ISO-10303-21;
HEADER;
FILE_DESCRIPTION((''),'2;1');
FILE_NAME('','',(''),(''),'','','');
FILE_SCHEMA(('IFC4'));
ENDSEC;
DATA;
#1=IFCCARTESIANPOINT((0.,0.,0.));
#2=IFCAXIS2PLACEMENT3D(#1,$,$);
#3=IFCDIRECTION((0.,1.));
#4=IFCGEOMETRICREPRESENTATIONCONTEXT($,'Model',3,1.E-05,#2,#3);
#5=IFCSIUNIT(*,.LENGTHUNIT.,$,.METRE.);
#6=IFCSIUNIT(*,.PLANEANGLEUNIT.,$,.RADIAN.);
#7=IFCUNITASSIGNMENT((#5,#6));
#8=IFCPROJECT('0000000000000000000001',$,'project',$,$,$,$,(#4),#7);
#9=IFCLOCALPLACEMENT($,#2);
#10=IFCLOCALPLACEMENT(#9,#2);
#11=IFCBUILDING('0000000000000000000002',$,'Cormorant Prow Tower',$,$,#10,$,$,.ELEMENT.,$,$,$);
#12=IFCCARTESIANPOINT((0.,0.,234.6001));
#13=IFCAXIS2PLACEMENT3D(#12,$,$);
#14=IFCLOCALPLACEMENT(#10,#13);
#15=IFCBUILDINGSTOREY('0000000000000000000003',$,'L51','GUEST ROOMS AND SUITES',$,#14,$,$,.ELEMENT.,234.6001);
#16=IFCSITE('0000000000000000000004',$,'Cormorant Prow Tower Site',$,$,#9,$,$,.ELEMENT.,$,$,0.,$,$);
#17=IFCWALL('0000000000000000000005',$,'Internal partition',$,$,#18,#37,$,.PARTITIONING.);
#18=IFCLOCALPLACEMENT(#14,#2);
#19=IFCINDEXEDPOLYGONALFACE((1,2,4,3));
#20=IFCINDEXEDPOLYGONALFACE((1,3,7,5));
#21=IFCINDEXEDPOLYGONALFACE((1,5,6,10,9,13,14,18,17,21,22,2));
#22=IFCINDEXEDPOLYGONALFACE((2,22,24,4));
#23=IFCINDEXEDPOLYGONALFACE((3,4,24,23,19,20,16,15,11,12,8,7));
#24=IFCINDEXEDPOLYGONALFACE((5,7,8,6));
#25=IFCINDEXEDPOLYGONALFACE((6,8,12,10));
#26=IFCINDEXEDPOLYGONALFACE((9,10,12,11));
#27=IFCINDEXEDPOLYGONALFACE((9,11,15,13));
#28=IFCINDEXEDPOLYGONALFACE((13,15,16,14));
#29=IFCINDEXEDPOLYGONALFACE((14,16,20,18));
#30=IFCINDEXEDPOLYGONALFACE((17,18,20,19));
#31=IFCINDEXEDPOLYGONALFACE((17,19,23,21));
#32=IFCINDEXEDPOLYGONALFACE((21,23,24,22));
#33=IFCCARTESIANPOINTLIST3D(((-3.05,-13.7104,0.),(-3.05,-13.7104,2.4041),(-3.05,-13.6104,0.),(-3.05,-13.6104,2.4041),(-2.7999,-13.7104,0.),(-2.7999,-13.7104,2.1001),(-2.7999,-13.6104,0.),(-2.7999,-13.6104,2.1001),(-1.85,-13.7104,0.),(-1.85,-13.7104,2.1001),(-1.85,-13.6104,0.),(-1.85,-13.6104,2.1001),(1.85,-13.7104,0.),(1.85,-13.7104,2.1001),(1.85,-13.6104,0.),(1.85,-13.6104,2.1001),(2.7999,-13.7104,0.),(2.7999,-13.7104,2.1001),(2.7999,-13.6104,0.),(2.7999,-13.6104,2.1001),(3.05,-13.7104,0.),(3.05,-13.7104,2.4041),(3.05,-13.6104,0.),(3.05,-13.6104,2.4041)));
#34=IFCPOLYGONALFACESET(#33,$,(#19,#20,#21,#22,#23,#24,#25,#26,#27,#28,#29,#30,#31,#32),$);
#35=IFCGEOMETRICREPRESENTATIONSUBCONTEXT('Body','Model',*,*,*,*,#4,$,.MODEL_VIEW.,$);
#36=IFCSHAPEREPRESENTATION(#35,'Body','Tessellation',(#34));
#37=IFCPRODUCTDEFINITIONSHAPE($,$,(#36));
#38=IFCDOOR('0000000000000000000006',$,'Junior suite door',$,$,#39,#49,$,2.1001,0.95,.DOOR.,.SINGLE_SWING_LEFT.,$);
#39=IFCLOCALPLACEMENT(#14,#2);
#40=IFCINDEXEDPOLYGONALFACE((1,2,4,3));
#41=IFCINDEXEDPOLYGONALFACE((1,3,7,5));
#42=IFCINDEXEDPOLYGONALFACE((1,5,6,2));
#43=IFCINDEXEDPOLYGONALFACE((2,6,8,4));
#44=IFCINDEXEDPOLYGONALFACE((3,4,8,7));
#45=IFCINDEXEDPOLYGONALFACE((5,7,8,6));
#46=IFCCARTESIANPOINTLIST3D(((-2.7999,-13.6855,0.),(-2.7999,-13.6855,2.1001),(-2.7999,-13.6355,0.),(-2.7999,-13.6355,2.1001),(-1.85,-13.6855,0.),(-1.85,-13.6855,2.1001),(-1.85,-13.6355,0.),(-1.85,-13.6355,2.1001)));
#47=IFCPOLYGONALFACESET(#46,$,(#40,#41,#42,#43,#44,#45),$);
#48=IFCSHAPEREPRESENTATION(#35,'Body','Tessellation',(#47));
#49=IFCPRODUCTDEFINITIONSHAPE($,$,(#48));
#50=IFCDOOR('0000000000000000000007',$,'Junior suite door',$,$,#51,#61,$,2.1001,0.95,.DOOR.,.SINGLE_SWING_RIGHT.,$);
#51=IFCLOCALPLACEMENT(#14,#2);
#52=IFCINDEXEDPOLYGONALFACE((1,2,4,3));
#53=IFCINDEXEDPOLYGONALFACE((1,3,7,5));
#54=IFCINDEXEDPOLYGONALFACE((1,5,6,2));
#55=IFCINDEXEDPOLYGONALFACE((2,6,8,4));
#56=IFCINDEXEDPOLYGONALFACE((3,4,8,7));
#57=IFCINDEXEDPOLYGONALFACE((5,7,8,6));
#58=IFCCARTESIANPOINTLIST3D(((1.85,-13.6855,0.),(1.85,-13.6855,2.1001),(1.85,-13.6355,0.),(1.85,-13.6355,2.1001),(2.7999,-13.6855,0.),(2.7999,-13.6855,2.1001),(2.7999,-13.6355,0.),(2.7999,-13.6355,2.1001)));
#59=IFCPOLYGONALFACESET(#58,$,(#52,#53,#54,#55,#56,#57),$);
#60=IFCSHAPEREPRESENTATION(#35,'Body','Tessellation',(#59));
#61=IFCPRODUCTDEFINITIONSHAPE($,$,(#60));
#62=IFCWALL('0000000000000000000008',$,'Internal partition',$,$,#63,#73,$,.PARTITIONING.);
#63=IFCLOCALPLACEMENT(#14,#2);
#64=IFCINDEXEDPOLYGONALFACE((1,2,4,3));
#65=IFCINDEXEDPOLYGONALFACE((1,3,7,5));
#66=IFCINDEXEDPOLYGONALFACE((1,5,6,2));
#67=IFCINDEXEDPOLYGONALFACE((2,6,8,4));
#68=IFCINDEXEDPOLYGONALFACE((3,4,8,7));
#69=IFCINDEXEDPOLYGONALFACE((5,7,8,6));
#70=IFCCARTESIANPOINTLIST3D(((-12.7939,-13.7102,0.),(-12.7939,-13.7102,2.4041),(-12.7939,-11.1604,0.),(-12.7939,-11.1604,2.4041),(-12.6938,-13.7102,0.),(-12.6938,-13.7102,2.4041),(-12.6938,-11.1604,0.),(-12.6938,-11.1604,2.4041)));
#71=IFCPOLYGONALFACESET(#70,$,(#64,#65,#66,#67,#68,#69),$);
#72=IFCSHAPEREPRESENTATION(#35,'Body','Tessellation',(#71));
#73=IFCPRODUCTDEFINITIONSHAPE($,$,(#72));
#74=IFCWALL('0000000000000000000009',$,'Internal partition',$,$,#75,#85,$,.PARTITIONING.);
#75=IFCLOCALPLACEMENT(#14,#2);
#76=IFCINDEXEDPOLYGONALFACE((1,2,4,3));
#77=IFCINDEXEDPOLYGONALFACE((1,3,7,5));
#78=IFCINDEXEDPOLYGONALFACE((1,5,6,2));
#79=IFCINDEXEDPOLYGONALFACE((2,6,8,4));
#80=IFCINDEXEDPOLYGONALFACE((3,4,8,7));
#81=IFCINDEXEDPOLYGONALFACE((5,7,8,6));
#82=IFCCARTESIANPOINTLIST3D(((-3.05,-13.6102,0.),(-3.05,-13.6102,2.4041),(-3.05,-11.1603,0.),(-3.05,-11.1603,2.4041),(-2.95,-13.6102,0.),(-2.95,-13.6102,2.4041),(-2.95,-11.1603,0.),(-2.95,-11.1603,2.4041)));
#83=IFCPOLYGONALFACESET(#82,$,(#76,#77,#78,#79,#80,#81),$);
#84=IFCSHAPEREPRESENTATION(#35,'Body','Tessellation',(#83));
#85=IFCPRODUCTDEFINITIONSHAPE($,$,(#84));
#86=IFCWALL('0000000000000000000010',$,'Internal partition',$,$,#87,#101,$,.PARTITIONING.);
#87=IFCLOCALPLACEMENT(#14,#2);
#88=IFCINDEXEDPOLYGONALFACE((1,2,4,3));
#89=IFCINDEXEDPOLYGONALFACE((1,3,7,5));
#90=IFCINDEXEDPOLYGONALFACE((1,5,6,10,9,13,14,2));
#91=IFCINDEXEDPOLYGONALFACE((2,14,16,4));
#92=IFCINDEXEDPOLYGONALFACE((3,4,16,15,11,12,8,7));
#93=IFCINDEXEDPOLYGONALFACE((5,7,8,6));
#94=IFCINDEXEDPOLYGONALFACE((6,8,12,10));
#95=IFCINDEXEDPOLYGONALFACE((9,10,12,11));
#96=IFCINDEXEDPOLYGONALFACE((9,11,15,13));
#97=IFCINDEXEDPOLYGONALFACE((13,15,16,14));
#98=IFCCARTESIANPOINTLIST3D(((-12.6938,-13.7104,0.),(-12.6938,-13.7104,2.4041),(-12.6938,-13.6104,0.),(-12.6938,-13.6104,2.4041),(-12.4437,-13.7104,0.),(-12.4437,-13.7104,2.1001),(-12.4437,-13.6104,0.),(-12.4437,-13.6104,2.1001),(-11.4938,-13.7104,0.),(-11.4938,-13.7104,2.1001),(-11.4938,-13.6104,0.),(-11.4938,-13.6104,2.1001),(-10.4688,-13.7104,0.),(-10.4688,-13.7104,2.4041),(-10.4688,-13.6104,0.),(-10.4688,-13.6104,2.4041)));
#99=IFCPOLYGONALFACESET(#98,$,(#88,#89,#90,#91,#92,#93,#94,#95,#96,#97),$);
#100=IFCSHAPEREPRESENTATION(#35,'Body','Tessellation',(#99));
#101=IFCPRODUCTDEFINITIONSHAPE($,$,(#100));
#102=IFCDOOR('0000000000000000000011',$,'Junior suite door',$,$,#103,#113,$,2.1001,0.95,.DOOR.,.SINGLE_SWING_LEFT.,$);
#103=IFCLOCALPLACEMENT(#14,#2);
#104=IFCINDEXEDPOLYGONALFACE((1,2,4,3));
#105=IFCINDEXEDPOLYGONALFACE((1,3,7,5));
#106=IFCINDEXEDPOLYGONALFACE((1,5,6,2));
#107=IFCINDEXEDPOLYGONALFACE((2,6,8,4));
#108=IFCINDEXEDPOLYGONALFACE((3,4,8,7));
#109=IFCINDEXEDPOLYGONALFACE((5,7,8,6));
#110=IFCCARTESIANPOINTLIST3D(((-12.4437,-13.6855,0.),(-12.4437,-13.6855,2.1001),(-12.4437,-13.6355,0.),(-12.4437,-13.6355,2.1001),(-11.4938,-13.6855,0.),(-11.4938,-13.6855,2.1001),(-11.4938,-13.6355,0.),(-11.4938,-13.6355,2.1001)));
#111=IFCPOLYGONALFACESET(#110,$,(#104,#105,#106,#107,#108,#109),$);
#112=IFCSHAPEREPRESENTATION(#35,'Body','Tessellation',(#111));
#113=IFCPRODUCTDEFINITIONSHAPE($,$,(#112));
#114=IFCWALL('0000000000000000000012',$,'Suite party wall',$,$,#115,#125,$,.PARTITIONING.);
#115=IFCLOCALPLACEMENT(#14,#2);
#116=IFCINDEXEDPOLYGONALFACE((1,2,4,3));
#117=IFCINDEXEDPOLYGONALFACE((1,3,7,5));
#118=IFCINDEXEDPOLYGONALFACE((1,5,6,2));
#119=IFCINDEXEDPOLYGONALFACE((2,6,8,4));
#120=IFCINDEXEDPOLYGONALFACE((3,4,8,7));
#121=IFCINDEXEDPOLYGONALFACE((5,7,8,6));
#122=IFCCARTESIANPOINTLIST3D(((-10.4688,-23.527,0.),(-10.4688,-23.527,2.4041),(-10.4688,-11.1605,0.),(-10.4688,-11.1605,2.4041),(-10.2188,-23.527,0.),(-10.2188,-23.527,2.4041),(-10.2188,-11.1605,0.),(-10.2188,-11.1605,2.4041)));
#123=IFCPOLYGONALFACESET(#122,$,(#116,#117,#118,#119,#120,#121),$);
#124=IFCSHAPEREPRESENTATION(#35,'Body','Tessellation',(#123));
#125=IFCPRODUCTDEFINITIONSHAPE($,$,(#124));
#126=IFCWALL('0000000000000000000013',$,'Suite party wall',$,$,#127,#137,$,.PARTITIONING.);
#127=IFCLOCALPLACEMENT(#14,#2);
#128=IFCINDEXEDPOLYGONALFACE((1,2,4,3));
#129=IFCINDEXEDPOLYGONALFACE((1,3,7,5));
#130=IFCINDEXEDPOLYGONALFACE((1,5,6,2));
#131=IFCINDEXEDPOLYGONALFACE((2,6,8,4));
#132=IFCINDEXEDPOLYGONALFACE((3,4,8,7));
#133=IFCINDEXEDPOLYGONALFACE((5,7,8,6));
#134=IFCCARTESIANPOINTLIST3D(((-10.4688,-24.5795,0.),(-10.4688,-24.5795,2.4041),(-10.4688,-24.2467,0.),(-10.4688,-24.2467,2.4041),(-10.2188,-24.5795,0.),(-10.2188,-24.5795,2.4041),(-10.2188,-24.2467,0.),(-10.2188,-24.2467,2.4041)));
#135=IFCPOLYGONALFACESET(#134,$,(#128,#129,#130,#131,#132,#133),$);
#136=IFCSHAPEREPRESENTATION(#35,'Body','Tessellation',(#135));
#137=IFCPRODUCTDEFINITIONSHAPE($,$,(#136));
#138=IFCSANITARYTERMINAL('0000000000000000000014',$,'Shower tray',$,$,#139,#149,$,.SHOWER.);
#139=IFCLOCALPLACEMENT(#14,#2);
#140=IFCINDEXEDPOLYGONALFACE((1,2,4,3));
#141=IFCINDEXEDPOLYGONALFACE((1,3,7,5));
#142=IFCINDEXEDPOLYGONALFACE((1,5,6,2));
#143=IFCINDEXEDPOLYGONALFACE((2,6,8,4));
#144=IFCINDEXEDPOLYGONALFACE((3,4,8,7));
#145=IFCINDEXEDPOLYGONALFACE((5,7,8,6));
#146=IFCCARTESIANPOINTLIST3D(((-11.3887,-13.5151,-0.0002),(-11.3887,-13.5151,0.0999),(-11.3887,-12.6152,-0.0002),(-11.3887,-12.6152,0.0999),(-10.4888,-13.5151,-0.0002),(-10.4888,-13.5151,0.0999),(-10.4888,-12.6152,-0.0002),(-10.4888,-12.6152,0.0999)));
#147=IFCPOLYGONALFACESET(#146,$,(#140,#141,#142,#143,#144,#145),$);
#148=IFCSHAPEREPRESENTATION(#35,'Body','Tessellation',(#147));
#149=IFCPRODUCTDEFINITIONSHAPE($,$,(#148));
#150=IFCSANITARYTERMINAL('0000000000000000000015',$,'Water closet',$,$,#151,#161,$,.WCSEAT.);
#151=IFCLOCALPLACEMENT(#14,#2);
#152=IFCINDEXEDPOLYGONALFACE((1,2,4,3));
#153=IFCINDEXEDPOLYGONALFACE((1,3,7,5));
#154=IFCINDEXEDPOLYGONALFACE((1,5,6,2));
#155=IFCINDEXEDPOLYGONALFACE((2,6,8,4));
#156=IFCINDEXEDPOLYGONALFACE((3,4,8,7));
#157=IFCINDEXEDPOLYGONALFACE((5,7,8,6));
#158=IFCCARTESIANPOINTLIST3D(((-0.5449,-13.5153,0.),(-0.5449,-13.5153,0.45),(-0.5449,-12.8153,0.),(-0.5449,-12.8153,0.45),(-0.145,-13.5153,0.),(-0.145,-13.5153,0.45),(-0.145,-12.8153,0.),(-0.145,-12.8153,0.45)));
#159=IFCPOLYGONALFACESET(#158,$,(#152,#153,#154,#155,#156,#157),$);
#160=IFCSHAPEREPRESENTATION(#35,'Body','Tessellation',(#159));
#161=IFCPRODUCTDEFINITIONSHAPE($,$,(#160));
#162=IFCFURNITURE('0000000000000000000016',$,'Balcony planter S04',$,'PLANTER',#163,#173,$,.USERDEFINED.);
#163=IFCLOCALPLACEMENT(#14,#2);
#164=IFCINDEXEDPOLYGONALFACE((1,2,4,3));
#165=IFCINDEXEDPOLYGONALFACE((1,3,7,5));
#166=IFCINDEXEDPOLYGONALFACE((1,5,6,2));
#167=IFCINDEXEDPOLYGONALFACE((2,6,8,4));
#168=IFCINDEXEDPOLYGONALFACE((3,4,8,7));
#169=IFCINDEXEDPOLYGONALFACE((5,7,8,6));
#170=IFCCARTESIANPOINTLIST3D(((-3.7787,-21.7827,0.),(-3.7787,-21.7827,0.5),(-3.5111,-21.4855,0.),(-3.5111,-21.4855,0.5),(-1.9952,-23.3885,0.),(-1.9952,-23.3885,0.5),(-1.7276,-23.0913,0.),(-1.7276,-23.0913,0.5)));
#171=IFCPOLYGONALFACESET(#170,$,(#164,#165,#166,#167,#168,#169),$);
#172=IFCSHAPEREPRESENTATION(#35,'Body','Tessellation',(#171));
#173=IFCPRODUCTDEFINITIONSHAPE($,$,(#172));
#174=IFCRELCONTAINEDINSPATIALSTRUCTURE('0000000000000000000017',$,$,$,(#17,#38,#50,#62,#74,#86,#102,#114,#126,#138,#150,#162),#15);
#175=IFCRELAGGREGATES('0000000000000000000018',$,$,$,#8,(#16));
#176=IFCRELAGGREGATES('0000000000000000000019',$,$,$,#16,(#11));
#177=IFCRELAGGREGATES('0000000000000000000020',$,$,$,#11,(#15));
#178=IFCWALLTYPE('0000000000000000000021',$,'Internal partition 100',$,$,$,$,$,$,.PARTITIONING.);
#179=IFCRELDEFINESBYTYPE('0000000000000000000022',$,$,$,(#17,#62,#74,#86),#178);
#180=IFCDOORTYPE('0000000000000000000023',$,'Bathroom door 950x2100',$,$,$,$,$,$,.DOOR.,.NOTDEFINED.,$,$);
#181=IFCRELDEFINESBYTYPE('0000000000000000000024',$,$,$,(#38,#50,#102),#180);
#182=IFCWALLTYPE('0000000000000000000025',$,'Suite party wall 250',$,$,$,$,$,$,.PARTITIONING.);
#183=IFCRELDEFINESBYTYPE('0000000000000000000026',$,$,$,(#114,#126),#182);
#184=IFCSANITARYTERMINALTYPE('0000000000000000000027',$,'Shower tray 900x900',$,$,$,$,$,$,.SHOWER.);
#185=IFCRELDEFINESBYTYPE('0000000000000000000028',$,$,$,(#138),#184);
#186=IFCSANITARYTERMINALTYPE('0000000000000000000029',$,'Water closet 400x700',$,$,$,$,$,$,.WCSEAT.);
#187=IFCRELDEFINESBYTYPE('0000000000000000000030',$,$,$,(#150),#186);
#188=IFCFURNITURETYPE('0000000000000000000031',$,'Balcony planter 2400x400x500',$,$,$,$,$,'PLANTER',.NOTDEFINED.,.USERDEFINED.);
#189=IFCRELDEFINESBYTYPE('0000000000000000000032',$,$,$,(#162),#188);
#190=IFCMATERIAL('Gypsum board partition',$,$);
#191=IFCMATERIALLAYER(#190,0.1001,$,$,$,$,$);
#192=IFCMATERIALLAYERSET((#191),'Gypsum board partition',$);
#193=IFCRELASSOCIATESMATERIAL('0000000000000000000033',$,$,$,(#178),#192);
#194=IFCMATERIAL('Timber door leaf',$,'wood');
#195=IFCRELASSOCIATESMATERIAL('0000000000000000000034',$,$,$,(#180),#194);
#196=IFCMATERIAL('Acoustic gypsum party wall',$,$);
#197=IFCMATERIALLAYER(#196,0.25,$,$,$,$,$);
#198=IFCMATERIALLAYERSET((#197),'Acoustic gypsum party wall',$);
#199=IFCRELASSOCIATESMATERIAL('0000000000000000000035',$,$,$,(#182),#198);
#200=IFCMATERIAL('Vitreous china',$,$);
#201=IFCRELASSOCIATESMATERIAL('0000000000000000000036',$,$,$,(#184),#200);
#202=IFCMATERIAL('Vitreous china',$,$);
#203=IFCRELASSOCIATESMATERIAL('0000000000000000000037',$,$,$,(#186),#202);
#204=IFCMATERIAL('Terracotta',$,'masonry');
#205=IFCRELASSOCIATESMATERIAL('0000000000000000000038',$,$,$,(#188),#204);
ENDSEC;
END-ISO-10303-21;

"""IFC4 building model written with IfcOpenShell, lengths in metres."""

from ifc_helpers import new_model, si_unit, direction, frame, frame_2d, origin, origin_2d, place, context, subcontext, project, spatial, rectangle, extrude, material, layer, layer_set, type_object, element, fill, save


model = new_model("IFC4")

# Units and contexts
model_context = context("Model", 3, precision=1e-05, world=origin(), true_north=direction((0.0, 1.0)))
body_context = subcontext(model_context, "Body", "Model", "MODEL_VIEW")
ifc_project = project(units=[si_unit("LENGTHUNIT", "METRE"), si_unit("PLANEANGLEUNIT", "RADIAN")], contexts=[model_context])

# Site, building, storey
site_placement = place(None, origin())
site = spatial("IfcSite", under=ifc_project, at=site_placement, Name="Cormorant Prow Tower Site", CompositionType="ELEMENT", RefElevation=0.0)
building_placement = place(site_placement, origin())
building = spatial("IfcBuilding", under=site, at=building_placement, Name="Cormorant Prow Tower", CompositionType="ELEMENT")
storey_placement = place(building_placement, frame((0.0, 0.0, 234.6001)))
storey = spatial("IfcBuildingStorey", under=building, at=storey_placement, Name="L51", Description="GUEST ROOMS AND SUITES", CompositionType="ELEMENT", Elevation=234.6001)

# Wall, openings, doors
ifc_material_1 = material(Name="Gypsum board partition")
ifc_layer_1 = layer(ifc_material_1, 0.1001)
ifc_layer_set_1 = layer_set([ifc_layer_1], Name="Gypsum board partition")
wall_type_1 = type_object("IfcWallType", Name="Internal partition 100", PredefinedType="PARTITIONING", material=ifc_layer_set_1)
wall_1_placement = place(storey_placement, frame((-3.05, -13.6604, 0.0), z_axis=(0.0, 0.0, 1.0), x_axis=(1.0, 0.0, 0.0)))
wall_1 = element("IfcWall", 1, at=wall_1_placement, inside=storey, type_object=wall_type_1, Name="Internal partition", PredefinedType="PARTITIONING", context=body_context, shape_type="SweptSolid", body=[
    extrude(rectangle(XDim=6.1001, YDim=0.1001, at=frame_2d((3.05, 0.0))), origin(), (0.0, 0.0, 1.0), 2.4041),
])
opening_1_placement = place(wall_1_placement, frame((0.25, 0.0, 0.0)))
opening_1 = element("IfcOpeningElement", 2, at=opening_1_placement, cuts=wall_1, PredefinedType="OPENING", context=body_context, shape_type="SweptSolid", body=[
    extrude(rectangle(XDim=0.95, YDim=2.1001, at=frame_2d((0.4751, 1.05))), frame((0.0, 0.0601, 0.0), z_axis=(0.0, -1.0, 0.0), x_axis=(1.0, 0.0, 0.0)), (0.0, 0.0, 1.0), 0.1201),
])
opening_2_placement = place(wall_1_placement, frame((4.8999, 0.0, 0.0)))
opening_2 = element("IfcOpeningElement", 3, at=opening_2_placement, cuts=wall_1, PredefinedType="OPENING", context=body_context, shape_type="SweptSolid", body=[
    extrude(rectangle(XDim=0.95, YDim=2.1001, at=frame_2d((0.4751, 1.05))), frame((0.0, 0.0601, 0.0), z_axis=(0.0, -1.0, 0.0), x_axis=(1.0, 0.0, 0.0)), (0.0, 0.0, 1.0), 0.1201),
])
ifc_material_2 = material(Name="Timber door leaf", Category="wood")
door_type_1 = type_object("IfcDoorType", Name="Bathroom door 950x2100", OperationType="NOTDEFINED", PredefinedType="DOOR", material=ifc_material_2)
door_1_placement = place(opening_1_placement, origin())
door_1 = element("IfcDoor", 4, at=door_1_placement, inside=storey, type_object=door_type_1, Name="Junior suite door", OperationType="SINGLE_SWING_LEFT", OverallHeight=2.1001, OverallWidth=0.95, PredefinedType="DOOR", context=body_context, shape_type="SweptSolid", body=[
    extrude(rectangle(XDim=0.95, YDim=2.1001, at=frame_2d((0.4751, 1.05))), frame((0.0, 0.0249, 0.0), z_axis=(0.0, -1.0, 0.0), x_axis=(1.0, 0.0, 0.0)), (0.0, 0.0, 1.0), 0.05),
])
fill(opening_1, door_1)
door_2_placement = place(opening_2_placement, origin())
door_2 = element("IfcDoor", 5, at=door_2_placement, inside=storey, type_object=door_type_1, Name="Junior suite door", OperationType="SINGLE_SWING_RIGHT", OverallHeight=2.1001, OverallWidth=0.95, PredefinedType="DOOR", context=body_context, shape_type="SweptSolid", body=[
    extrude(rectangle(XDim=0.95, YDim=2.1001, at=frame_2d((0.4751, 1.05))), frame((0.0, 0.0249, 0.0), z_axis=(0.0, -1.0, 0.0), x_axis=(1.0, 0.0, 0.0)), (0.0, 0.0, 1.0), 0.05),
])
fill(opening_2, door_2)

# Walls
wall_2_placement = place(storey_placement, frame((-12.7439, -13.7102, 0.0), z_axis=(0.0, 0.0, 1.0), x_axis=(0.0, 1.0, 0.0)))
element("IfcWall", 6, at=wall_2_placement, inside=storey, type_object=wall_type_1, Name="Internal partition", PredefinedType="PARTITIONING", context=body_context, shape_type="SweptSolid", body=[
    extrude(rectangle(XDim=2.5498, YDim=0.1001, at=frame_2d((1.2749, 0.0))), origin(), (0.0, 0.0, 1.0), 2.4041),
])
wall_3_placement = place(storey_placement, frame((-3.0, -13.6104, 0.0), z_axis=(0.0, 0.0, 1.0), x_axis=(0.0, 1.0, 0.0)))
element("IfcWall", 7, at=wall_3_placement, inside=storey, type_object=wall_type_1, Name="Internal partition", PredefinedType="PARTITIONING", context=body_context, shape_type="SweptSolid", body=[
    extrude(rectangle(XDim=2.45, YDim=0.1001, at=frame_2d((1.2251, 0.0))), origin(), (0.0, 0.0, 1.0), 2.4041),
])

# Wall, opening, door
wall_4_placement = place(storey_placement, frame((-12.6938, -13.6604, 0.0), z_axis=(0.0, 0.0, 1.0), x_axis=(1.0, 0.0, 0.0)))
wall_4 = element("IfcWall", 8, at=wall_4_placement, inside=storey, type_object=wall_type_1, Name="Internal partition", PredefinedType="PARTITIONING", context=body_context, shape_type="SweptSolid", body=[
    extrude(rectangle(XDim=2.2251, YDim=0.1001, at=frame_2d((1.1125, 0.0))), origin(), (0.0, 0.0, 1.0), 2.4041),
])
opening_3_placement = place(wall_4_placement, frame((0.25, 0.0, 0.0)))
opening_3 = element("IfcOpeningElement", 9, at=opening_3_placement, cuts=wall_4, PredefinedType="OPENING", context=body_context, shape_type="SweptSolid", body=[
    extrude(rectangle(XDim=0.95, YDim=2.1001, at=frame_2d((0.4751, 1.05))), frame((0.0, 0.0601, 0.0), z_axis=(0.0, -1.0, 0.0), x_axis=(1.0, 0.0, 0.0)), (0.0, 0.0, 1.0), 0.1201),
])
door_3_placement = place(opening_3_placement, origin())
door_3 = element("IfcDoor", 10, at=door_3_placement, inside=storey, type_object=door_type_1, Name="Junior suite door", OperationType="SINGLE_SWING_LEFT", OverallHeight=2.1001, OverallWidth=0.95, PredefinedType="DOOR", context=body_context, shape_type="SweptSolid", body=[
    extrude(rectangle(XDim=0.95, YDim=2.1001, at=frame_2d((0.4751, 1.05))), frame((0.0, 0.0249, 0.0), z_axis=(0.0, -1.0, 0.0), x_axis=(1.0, 0.0, 0.0)), (0.0, 0.0, 1.0), 0.05),
])
fill(opening_3, door_3)

# Walls
ifc_material_3 = material(Name="Acoustic gypsum party wall")
ifc_layer_2 = layer(ifc_material_3, 0.25)
ifc_layer_set_2 = layer_set([ifc_layer_2], Name="Acoustic gypsum party wall")
wall_type_2 = type_object("IfcWallType", Name="Suite party wall 250", PredefinedType="PARTITIONING", material=ifc_layer_set_2)
wall_5_placement = place(storey_placement, frame((-10.3438, -23.5269, 0.0), z_axis=(0.0, 0.0, 1.0), x_axis=(0.0, 1.0, 0.0)))
element("IfcWall", 11, at=wall_5_placement, inside=storey, type_object=wall_type_2, Name="Suite party wall", PredefinedType="PARTITIONING", context=body_context, shape_type="SweptSolid", body=[
    extrude(rectangle(XDim=12.3665, YDim=0.25, at=frame_2d((6.1831, 0.0))), origin(), (0.0, 0.0, 1.0), 2.4041),
])
wall_6_placement = place(storey_placement, frame((-10.3438, -24.5796, 0.0), z_axis=(0.0, 0.0, 1.0), x_axis=(0.0, 1.0, 0.0)))
element("IfcWall", 12, at=wall_6_placement, inside=storey, type_object=wall_type_2, Name="Suite party wall", PredefinedType="PARTITIONING", context=body_context, shape_type="SweptSolid", body=[
    extrude(rectangle(XDim=0.3328, YDim=0.25, at=frame_2d((0.1665, 0.0))), origin(), (0.0, 0.0, 1.0), 2.4041),
])

# Sanitary terminals
ifc_material_4 = material(Name="Vitreous china")
sanitary_terminal_type_1 = type_object("IfcSanitaryTerminalType", Name="Shower tray 900x900", PredefinedType="SHOWER", material=ifc_material_4)
sanitary_terminal_1_placement = place(storey_placement, frame((-10.9387, -13.0652, -0.0002), z_axis=(0.0, 0.0, 1.0), x_axis=(-1.0, 0.0, 0.0)))
element("IfcSanitaryTerminal", 13, at=sanitary_terminal_1_placement, inside=storey, type_object=sanitary_terminal_type_1, Name="Shower tray", PredefinedType="SHOWER", context=body_context, shape_type="SweptSolid", body=[
    extrude(rectangle(XDim=0.8999, YDim=0.8999, at=origin_2d()), origin(), (0.0, 0.0, 1.0), 0.1001),
])
ifc_material_5 = material(Name="Vitreous china")
sanitary_terminal_type_2 = type_object("IfcSanitaryTerminalType", Name="Water closet 400x700", PredefinedType="WCSEAT", material=ifc_material_5)
sanitary_terminal_2_placement = place(storey_placement, frame((-0.345, -13.1653, 0.0), z_axis=(0.0, 0.0, 1.0), x_axis=(-1.0, 0.0, 0.0)))
element("IfcSanitaryTerminal", 14, at=sanitary_terminal_2_placement, inside=storey, type_object=sanitary_terminal_type_2, Name="Water closet", PredefinedType="WCSEAT", context=body_context, shape_type="SweptSolid", body=[
    extrude(rectangle(XDim=0.3999, YDim=0.7, at=origin_2d()), origin(), (0.0, 0.0, 1.0), 0.45),
])

# Furniture
ifc_material_6 = material(Name="Terracotta", Category="masonry")
furniture_type = type_object("IfcFurnitureType", Name="Balcony planter 2400x400x500", ElementType="PLANTER", AssemblyPlace="NOTDEFINED", PredefinedType="USERDEFINED", material=ifc_material_6)
furniture_placement = place(storey_placement, frame((-2.7532, -22.437, 0.0), z_axis=(0.0, 0.0, 1.0), x_axis=(0.743145, -0.669131, 0.0)))
element("IfcFurniture", 15, at=furniture_placement, inside=storey, type_object=furniture_type, Name="Balcony planter S04", ObjectType="PLANTER", PredefinedType="USERDEFINED", context=body_context, shape_type="SweptSolid", body=[
    extrude(rectangle(XDim=2.3999, YDim=0.3999, at=origin_2d()), origin(), (0.0, 0.0, 1.0), 0.5),
])

save(model, "model.ifc")
